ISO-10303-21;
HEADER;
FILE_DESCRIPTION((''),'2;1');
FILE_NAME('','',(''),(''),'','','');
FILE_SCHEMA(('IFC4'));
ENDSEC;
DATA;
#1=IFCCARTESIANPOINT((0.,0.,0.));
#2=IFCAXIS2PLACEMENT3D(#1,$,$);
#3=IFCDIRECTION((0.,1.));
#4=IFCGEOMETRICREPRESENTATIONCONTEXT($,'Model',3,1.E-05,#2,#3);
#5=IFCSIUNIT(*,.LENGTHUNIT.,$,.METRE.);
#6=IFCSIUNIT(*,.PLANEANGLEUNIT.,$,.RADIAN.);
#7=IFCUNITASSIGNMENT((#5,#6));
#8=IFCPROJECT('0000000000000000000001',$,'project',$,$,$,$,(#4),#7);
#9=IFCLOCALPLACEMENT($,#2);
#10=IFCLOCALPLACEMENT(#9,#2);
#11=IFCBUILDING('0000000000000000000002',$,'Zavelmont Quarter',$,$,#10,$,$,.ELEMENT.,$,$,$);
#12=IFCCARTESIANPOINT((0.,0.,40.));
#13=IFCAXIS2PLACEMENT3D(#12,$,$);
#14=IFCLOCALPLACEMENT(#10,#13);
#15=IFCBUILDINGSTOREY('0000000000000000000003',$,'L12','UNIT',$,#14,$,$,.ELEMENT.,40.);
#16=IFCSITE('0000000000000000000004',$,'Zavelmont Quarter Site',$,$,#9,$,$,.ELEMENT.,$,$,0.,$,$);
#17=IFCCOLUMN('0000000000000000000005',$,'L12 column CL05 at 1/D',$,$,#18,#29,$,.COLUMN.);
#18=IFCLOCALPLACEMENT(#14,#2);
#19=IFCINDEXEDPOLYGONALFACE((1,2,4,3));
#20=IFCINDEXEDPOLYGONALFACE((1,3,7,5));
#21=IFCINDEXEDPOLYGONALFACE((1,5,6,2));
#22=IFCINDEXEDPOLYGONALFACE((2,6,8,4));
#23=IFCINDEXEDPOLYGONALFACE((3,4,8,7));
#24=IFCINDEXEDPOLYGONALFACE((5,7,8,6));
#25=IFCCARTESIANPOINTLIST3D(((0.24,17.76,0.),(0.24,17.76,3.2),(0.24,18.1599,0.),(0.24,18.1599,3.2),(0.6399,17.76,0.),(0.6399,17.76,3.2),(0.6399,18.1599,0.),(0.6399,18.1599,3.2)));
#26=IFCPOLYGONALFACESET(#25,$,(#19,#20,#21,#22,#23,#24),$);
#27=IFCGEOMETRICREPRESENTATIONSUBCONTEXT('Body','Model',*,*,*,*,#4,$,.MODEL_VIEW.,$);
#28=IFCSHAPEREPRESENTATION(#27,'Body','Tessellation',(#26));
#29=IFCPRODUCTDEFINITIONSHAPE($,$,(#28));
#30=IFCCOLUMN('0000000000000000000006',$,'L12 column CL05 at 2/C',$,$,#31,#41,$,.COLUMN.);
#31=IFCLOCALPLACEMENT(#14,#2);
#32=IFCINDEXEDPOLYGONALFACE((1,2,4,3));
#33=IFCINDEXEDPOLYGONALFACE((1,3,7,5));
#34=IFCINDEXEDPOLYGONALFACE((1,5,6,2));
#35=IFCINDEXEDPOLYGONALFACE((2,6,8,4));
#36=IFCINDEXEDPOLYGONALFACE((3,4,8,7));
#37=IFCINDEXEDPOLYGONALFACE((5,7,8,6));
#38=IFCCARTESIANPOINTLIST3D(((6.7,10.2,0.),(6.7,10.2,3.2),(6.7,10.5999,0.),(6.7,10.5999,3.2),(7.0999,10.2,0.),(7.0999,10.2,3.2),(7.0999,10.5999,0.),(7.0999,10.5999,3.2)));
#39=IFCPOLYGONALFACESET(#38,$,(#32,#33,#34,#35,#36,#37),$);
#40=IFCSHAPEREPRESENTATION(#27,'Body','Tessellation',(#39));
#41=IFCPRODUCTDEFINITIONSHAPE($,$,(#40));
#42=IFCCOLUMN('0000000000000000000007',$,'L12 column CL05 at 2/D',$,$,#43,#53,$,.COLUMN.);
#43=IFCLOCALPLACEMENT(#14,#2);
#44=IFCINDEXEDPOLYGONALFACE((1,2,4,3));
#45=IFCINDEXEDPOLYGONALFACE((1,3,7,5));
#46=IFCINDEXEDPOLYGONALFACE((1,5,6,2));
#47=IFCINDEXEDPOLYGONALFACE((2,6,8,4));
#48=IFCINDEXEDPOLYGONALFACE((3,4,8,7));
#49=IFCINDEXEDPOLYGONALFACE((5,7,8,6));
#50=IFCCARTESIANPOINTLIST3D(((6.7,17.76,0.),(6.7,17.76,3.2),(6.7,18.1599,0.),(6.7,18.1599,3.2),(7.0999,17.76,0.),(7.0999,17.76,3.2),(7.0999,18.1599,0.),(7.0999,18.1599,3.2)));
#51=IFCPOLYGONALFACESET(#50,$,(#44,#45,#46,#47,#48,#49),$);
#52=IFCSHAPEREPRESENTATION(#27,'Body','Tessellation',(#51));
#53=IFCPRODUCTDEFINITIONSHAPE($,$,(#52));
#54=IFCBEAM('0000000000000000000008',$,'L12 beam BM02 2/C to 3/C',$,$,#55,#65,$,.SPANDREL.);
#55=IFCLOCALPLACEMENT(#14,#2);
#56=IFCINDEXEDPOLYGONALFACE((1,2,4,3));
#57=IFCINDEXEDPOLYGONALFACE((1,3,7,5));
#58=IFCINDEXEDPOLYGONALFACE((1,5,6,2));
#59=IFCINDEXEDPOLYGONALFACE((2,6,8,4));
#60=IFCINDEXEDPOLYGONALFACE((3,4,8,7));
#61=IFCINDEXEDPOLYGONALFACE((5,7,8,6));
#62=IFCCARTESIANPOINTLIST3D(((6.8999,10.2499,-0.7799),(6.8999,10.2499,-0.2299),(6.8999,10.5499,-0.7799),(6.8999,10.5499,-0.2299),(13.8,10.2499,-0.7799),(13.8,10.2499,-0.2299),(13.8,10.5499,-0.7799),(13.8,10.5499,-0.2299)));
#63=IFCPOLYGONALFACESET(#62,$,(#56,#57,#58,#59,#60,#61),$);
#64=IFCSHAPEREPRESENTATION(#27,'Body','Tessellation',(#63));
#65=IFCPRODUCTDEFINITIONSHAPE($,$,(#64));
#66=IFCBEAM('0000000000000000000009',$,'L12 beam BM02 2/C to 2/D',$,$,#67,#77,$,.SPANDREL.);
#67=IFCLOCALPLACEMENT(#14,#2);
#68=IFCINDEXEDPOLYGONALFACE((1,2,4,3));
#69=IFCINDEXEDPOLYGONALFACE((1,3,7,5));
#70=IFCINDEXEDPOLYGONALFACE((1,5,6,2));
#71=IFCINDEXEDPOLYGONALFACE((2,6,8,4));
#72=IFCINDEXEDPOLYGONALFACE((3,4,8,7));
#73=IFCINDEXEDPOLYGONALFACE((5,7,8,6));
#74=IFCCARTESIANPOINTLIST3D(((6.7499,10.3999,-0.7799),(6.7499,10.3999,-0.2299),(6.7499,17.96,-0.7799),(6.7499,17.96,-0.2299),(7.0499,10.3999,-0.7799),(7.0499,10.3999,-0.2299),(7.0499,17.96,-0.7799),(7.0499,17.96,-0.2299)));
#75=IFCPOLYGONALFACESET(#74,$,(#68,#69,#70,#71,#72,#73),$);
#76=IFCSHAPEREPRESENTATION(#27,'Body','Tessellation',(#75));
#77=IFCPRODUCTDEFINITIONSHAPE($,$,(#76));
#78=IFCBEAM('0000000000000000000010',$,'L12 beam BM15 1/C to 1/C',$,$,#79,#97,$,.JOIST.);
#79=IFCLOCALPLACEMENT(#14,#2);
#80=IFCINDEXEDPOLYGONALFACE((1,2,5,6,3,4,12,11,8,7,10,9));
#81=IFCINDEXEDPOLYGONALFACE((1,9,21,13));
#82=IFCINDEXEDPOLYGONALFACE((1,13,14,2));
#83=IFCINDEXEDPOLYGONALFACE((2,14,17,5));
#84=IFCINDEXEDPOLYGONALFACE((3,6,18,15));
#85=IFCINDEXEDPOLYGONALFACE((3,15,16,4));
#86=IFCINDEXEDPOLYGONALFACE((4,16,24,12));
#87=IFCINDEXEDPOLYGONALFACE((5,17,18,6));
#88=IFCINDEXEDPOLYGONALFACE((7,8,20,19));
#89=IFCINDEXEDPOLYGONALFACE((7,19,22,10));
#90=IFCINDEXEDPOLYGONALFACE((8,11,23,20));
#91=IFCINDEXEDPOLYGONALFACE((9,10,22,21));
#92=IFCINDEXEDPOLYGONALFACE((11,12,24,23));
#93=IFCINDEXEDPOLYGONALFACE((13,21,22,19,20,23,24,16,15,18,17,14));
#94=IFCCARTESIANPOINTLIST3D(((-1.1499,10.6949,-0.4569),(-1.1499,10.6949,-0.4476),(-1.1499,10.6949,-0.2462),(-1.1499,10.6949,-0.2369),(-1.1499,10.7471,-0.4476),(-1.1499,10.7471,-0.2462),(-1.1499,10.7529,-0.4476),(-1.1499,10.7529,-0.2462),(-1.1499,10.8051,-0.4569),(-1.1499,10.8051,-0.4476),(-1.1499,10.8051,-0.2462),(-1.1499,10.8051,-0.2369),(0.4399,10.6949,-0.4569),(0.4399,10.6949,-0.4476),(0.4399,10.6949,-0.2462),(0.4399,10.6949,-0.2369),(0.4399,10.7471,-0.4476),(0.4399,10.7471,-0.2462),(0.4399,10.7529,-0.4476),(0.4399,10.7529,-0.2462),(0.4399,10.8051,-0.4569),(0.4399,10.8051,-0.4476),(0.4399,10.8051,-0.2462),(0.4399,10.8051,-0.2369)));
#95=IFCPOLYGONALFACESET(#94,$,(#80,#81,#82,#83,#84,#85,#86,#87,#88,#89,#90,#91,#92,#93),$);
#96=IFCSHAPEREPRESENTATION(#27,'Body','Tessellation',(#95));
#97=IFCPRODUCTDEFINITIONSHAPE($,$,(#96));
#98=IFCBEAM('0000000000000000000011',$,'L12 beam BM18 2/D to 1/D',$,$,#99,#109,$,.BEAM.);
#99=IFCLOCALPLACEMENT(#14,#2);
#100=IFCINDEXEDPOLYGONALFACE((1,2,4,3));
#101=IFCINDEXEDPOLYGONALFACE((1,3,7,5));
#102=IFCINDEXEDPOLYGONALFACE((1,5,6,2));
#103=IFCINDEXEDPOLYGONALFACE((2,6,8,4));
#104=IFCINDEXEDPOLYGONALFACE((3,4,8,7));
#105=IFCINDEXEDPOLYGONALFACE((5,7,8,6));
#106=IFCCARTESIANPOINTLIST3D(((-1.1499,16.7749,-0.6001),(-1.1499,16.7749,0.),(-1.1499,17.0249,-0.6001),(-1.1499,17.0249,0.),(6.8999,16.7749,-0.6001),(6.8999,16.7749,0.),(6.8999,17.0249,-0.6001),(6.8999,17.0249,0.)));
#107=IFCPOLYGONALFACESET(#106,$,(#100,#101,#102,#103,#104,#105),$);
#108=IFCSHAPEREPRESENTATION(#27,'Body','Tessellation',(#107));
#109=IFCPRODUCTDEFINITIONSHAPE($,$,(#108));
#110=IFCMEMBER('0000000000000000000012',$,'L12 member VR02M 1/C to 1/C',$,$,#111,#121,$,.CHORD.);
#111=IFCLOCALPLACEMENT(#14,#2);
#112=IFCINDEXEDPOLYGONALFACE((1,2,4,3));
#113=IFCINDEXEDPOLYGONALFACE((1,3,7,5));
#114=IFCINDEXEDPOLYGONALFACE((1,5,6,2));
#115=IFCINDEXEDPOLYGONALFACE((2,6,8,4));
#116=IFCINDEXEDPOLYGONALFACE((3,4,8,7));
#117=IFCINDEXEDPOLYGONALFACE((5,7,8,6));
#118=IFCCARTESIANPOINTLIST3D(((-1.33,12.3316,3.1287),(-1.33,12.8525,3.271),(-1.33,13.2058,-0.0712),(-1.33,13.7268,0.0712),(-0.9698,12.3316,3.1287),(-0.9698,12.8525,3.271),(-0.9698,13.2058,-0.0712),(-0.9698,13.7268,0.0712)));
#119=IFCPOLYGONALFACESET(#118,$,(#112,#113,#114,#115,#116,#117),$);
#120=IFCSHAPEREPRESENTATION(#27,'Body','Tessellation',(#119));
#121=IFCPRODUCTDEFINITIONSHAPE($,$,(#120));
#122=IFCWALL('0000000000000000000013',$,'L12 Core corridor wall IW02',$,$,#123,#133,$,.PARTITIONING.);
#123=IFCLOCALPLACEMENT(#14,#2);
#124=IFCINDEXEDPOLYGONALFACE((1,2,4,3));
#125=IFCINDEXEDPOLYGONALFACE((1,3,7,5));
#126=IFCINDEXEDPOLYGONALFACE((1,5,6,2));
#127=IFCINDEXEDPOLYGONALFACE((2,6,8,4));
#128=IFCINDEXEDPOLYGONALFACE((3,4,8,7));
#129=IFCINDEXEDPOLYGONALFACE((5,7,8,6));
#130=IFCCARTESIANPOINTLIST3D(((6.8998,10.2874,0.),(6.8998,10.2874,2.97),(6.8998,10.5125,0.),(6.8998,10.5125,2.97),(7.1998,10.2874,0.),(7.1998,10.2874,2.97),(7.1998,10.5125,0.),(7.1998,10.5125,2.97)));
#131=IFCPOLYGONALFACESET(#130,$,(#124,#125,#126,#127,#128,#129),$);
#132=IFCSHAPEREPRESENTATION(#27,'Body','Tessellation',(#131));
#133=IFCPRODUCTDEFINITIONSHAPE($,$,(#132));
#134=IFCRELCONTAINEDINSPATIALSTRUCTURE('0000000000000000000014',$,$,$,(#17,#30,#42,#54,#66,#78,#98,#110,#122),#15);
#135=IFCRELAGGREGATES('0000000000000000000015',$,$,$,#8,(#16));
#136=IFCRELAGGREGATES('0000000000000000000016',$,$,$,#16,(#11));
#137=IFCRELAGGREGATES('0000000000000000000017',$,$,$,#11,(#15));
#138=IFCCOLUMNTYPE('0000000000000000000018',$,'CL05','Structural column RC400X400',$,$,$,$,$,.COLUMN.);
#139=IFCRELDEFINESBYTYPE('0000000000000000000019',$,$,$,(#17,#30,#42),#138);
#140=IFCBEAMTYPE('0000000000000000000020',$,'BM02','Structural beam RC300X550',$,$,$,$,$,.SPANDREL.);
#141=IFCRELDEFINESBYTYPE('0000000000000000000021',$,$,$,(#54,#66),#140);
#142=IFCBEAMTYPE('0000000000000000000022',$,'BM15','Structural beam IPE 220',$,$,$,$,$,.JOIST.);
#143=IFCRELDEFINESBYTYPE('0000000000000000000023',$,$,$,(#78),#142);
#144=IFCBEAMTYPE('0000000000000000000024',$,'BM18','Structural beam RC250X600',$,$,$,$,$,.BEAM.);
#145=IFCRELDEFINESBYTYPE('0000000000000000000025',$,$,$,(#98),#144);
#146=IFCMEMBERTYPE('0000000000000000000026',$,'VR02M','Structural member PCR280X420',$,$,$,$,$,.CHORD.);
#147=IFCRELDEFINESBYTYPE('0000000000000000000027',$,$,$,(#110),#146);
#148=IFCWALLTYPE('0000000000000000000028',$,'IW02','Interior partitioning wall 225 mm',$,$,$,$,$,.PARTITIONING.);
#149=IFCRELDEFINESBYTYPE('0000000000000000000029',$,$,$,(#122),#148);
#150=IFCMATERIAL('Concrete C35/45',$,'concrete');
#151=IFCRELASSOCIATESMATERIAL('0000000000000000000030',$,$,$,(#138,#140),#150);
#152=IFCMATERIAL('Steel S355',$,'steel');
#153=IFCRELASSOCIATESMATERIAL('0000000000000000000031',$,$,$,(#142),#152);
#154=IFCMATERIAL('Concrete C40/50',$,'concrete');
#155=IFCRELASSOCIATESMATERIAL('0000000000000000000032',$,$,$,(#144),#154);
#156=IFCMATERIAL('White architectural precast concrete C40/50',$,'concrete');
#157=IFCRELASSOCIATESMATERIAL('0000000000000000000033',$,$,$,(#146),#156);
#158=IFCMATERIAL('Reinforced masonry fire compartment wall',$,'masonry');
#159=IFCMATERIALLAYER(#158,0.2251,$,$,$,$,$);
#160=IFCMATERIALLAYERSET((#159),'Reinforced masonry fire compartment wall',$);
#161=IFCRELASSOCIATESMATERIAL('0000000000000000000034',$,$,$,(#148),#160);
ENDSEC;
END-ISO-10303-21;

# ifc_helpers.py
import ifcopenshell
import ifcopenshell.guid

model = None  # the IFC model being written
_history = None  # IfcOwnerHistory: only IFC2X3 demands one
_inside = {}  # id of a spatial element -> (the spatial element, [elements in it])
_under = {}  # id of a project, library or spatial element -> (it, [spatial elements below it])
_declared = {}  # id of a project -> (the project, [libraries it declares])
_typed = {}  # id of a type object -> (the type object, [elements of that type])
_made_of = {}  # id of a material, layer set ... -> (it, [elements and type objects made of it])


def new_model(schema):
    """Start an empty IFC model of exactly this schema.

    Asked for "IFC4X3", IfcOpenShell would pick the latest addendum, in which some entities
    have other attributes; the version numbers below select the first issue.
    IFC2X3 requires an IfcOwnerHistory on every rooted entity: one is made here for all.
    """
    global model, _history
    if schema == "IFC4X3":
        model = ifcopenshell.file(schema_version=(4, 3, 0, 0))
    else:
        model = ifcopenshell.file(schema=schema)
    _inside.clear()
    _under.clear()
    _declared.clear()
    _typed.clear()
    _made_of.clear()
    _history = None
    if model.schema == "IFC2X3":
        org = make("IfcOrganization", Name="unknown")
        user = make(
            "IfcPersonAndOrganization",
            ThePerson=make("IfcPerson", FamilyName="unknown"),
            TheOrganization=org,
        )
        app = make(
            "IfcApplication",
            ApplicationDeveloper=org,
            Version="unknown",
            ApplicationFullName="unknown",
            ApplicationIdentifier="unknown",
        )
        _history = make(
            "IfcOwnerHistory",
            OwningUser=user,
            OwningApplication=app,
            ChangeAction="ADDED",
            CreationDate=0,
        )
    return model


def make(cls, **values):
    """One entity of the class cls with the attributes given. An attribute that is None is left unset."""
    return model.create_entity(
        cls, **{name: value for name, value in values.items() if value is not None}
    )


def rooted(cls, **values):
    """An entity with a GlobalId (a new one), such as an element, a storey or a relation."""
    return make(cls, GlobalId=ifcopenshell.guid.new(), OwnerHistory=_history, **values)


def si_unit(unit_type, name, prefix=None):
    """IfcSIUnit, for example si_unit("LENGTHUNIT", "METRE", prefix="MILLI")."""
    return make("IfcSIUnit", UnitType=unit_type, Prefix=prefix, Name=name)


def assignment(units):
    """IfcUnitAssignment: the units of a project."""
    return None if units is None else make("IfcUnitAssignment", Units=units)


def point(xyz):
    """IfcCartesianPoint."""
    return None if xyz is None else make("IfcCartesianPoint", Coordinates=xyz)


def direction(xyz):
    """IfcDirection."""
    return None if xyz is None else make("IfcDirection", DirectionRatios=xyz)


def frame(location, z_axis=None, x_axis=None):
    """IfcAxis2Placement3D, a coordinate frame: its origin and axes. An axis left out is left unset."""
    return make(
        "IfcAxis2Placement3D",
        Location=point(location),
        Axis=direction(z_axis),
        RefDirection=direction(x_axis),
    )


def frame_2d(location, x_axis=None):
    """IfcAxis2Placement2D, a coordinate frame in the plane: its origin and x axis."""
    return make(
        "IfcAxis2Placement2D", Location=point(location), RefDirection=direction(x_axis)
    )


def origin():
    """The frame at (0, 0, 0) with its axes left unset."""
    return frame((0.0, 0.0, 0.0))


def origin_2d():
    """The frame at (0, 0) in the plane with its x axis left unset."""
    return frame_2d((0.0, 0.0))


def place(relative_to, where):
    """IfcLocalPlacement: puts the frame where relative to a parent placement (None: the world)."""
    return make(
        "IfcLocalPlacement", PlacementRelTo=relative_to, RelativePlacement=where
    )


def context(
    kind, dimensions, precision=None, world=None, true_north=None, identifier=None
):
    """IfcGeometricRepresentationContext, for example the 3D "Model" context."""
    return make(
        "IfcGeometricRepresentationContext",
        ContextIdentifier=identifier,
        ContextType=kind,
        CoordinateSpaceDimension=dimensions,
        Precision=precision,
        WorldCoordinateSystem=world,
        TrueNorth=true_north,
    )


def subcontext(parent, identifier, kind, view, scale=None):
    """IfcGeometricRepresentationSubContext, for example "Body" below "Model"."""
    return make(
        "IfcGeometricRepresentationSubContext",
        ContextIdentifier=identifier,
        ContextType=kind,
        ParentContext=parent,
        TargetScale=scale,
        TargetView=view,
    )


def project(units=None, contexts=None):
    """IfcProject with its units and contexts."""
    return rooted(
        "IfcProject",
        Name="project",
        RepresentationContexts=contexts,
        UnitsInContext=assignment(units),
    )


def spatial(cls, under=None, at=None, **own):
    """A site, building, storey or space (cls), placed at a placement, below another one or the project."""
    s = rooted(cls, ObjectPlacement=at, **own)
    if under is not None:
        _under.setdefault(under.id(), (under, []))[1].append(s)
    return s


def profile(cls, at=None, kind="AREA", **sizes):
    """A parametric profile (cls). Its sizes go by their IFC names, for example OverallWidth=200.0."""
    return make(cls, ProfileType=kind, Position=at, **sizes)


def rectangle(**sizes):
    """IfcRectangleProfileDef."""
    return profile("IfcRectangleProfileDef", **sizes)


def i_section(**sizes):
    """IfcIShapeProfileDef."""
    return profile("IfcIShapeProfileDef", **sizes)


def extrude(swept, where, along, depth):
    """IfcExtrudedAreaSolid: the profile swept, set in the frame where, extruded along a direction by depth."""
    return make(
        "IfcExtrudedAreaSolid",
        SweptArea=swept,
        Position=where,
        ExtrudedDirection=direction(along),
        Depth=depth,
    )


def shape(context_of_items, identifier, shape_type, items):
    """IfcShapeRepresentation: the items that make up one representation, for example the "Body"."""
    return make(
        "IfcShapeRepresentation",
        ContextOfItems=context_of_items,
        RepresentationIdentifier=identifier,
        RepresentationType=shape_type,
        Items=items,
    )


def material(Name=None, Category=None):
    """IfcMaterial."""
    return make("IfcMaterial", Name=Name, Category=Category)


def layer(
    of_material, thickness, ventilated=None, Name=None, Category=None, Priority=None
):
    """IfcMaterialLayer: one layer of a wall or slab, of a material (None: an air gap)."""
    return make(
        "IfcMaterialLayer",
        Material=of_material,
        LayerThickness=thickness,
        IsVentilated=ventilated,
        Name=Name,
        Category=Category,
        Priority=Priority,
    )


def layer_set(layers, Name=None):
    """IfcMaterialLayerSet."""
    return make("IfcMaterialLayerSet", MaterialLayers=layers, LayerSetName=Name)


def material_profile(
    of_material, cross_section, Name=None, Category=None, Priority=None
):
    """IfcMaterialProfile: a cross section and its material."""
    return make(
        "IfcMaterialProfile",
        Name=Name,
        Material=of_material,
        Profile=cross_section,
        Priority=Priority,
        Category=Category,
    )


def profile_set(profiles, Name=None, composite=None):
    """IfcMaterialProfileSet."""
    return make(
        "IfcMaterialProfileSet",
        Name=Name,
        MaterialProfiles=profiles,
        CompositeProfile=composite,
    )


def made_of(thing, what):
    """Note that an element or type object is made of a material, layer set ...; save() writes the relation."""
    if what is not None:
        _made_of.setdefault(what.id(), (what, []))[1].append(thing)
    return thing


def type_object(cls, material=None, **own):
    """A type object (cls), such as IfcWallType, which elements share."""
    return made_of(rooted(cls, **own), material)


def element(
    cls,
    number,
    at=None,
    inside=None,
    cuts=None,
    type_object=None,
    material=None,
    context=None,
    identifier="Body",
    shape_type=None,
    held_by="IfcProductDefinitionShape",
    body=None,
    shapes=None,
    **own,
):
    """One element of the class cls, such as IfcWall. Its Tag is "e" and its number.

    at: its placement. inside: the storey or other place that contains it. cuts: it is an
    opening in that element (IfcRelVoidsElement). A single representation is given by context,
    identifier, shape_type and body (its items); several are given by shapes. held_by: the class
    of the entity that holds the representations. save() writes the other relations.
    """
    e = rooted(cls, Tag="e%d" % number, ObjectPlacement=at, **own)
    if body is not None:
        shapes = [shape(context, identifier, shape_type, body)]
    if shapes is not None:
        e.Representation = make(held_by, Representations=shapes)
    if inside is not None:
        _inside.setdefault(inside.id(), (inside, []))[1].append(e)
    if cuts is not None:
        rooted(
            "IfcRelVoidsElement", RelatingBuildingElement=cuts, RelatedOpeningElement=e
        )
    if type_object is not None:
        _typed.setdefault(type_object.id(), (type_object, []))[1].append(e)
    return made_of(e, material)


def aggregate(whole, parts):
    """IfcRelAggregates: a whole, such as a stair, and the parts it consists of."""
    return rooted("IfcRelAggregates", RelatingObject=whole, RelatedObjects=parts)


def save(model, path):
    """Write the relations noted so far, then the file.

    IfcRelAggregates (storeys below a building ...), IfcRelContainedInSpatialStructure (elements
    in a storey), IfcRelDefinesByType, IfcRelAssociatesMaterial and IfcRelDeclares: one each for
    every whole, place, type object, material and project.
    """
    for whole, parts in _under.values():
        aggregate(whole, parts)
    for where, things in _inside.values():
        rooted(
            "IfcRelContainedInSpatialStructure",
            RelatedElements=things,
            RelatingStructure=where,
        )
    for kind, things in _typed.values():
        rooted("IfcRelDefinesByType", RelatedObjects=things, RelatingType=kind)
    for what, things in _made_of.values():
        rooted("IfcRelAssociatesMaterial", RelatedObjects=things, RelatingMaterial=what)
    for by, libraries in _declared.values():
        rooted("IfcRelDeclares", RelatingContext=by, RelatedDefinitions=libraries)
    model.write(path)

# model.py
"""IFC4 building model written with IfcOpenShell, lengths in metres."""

from ifc_helpers import new_model, si_unit, direction, frame, frame_2d, origin, origin_2d, place, context, subcontext, project, spatial, rectangle, i_section, extrude, material, layer, layer_set, material_profile, profile_set, type_object, element, save


model = new_model("IFC4")

# Units and contexts
model_context = context("Model", 3, precision=1e-05, world=origin(), true_north=direction((0.0, 1.0)))
body_context = subcontext(model_context, "Body", "Model", "MODEL_VIEW")
ifc_project = project(units=[si_unit("LENGTHUNIT", "METRE"), si_unit("PLANEANGLEUNIT", "RADIAN")], contexts=[model_context])

# Site, building, storey
site_placement = place(None, origin())
site = spatial("IfcSite", under=ifc_project, at=site_placement, Name="Zavelmont Quarter Site", CompositionType="ELEMENT", RefElevation=0.0)
building_placement = place(site_placement, origin())
building = spatial("IfcBuilding", under=site, at=building_placement, Name="Zavelmont Quarter", CompositionType="ELEMENT")
storey_placement = place(building_placement, frame((0.0, 0.0, 40.0)))
storey = spatial("IfcBuildingStorey", under=building, at=storey_placement, Name="L12", Description="UNIT", CompositionType="ELEMENT", Elevation=40.0)

# Columns
ifc_material_1 = material(Name="Concrete C35/45", Category="concrete")
ifc_material_profile_1 = material_profile(ifc_material_1, rectangle(XDim=0.3999, YDim=0.3999, at=origin_2d()), Name="RC400X400")
ifc_profile_set_1 = profile_set([ifc_material_profile_1], Name="Concrete C35/45")
column_type = type_object("IfcColumnType", Name="CL05", Description="Structural column RC400X400", PredefinedType="COLUMN", material=ifc_profile_set_1)
for number, where, z_axis, x_axis, name in (
    (1, (0.4399, 17.96, 0.0), (0.0, 0.0, 1.0), (1.0, 0.0, 0.0), "L12 column CL05 at 1/D"),
    (2, (6.8999, 10.3999, 0.0), (0.0, 0.0, 1.0), (1.0, 0.0, 0.0), "L12 column CL05 at 2/C"),
    (3, (6.8999, 17.96, 0.0), (0.0, 0.0, 1.0), (1.0, 0.0, 0.0), "L12 column CL05 at 2/D"),
):
    element("IfcColumn", number, at=place(storey_placement, frame(where, z_axis=z_axis, x_axis=x_axis)), inside=storey, type_object=column_type, Name=name, PredefinedType="COLUMN", context=body_context, shape_type="SweptSolid", body=[
        extrude(rectangle(XDim=0.3999, YDim=0.3999, at=origin_2d()), origin(), (0.0, 0.0, 1.0), 3.2),
    ])

# Beams
ifc_material_profile_2 = material_profile(ifc_material_1, rectangle(XDim=0.3, YDim=0.55, at=origin_2d()), Name="RC300X550")
ifc_profile_set_2 = profile_set([ifc_material_profile_2], Name="Concrete C35/45")
beam_type_1 = type_object("IfcBeamType", Name="BM02", Description="Structural beam RC300X550", PredefinedType="SPANDREL", material=ifc_profile_set_2)
beam_1_placement = place(storey_placement, frame((6.8999, 10.3999, -0.5049), z_axis=(1.0, 0.0, 0.0), x_axis=(0.0, 1.0, 0.0)))
element("IfcBeam", 4, at=beam_1_placement, inside=storey, type_object=beam_type_1, Name="L12 beam BM02 2/C to 3/C", PredefinedType="SPANDREL", context=body_context, shape_type="SweptSolid", body=[
    extrude(rectangle(XDim=0.3, YDim=0.55, at=origin_2d()), origin(), (0.0, 0.0, 1.0), 6.9001),
])
beam_2_placement = place(storey_placement, frame((6.8999, 10.3999, -0.5049), z_axis=(0.0, 1.0, 0.0), x_axis=(-1.0, 0.0, 0.0)))
element("IfcBeam", 5, at=beam_2_placement, inside=storey, type_object=beam_type_1, Name="L12 beam BM02 2/C to 2/D", PredefinedType="SPANDREL", context=body_context, shape_type="SweptSolid", body=[
    extrude(rectangle(XDim=0.3, YDim=0.55, at=origin_2d()), origin(), (0.0, 0.0, 1.0), 7.5601),
])
ifc_material_2 = material(Name="Steel S355", Category="steel")
ifc_material_profile_3 = material_profile(ifc_material_2, i_section(OverallWidth=0.1101, OverallDepth=0.22, WebThickness=0.0059, FlangeThickness=0.0093, at=origin_2d()), Name="IPE 220")
ifc_profile_set_3 = profile_set([ifc_material_profile_3], Name="Steel S355")
beam_type_2 = type_object("IfcBeamType", Name="BM15", Description="Structural beam IPE 220", PredefinedType="JOIST", material=ifc_profile_set_3)
beam_3_placement = place(storey_placement, frame((0.4399, 10.75, -0.3469), z_axis=(-1.0, 0.0, 0.0), x_axis=(0.0, -1.0, 0.0)))
element("IfcBeam", 6, at=beam_3_placement, inside=storey, type_object=beam_type_2, Name="L12 beam BM15 1/C to 1/C", PredefinedType="JOIST", context=body_context, shape_type="SweptSolid", body=[
    extrude(i_section(OverallWidth=0.1101, OverallDepth=0.22, WebThickness=0.0059, FlangeThickness=0.0093, at=origin_2d()), origin(), (0.0, 0.0, 1.0), 1.5898),
])
ifc_material_3 = material(Name="Concrete C40/50", Category="concrete")
ifc_material_profile_4 = material_profile(ifc_material_3, rectangle(XDim=0.25, YDim=0.6001, at=origin_2d()), Name="RC250X600")
ifc_profile_set_4 = profile_set([ifc_material_profile_4], Name="Concrete C40/50")
beam_type_3 = type_object("IfcBeamType", Name="BM18", Description="Structural beam RC250X600", PredefinedType="BEAM", material=ifc_profile_set_4)
beam_4_placement = place(storey_placement, frame((6.8999, 16.8999, -0.3), z_axis=(-1.0, 0.0, 0.0), x_axis=(0.0, -1.0, 0.0)))
element("IfcBeam", 7, at=beam_4_placement, inside=storey, type_object=beam_type_3, Name="L12 beam BM18 2/D to 1/D", PredefinedType="BEAM", context=body_context, shape_type="SweptSolid", body=[
    extrude(rectangle(XDim=0.25, YDim=0.6001, at=origin_2d()), origin(), (0.0, 0.0, 1.0), 8.0498),
])

# Member
ifc_material_4 = material(Name="White architectural precast concrete C40/50", Category="concrete")
ifc_material_profile_5 = material_profile(ifc_material_4, rectangle(XDim=0.3601, YDim=0.54, at=origin_2d()), Name="PCR280X420")
ifc_profile_set_5 = profile_set([ifc_material_profile_5], Name="White architectural precast concrete C40/50")
member_type = type_object("IfcMemberType", Name="VR02M", Description="Structural member PCR280X420", PredefinedType="CHORD", material=ifc_profile_set_5)
member_placement = place(storey_placement, frame((-1.1499, 13.4663, 0.0), z_axis=(0.0, -0.263553, 0.964645), x_axis=(1.0, 0.0, 0.0)))
element("IfcMember", 8, at=member_placement, inside=storey, type_object=member_type, Name="L12 member VR02M 1/C to 1/C", PredefinedType="CHORD", context=body_context, shape_type="SweptSolid", body=[
    extrude(rectangle(XDim=0.3601, YDim=0.54, at=origin_2d()), origin(), (0.0, 0.0, 1.0), 3.3171),
])

# Wall
ifc_material_5 = material(Name="Reinforced masonry fire compartment wall", Category="masonry")
ifc_layer_1 = layer(ifc_material_5, 0.2251)
ifc_layer_set_1 = layer_set([ifc_layer_1], Name="Reinforced masonry fire compartment wall")
wall_type_1 = type_object("IfcWallType", Name="IW02", Description="Interior partitioning wall 225 mm", PredefinedType="PARTITIONING", material=ifc_layer_set_1)
wall_1_placement = place(storey_placement, frame((6.8999, 10.3999, 0.0), z_axis=(0.0, 0.0, 1.0), x_axis=(1.0, 0.0, 0.0)))
element("IfcWall", 9, at=wall_1_placement, inside=storey, type_object=wall_type_1, Name="L12 Core corridor wall IW02", PredefinedType="PARTITIONING", context=body_context, shape_type="SweptSolid", body=[
    extrude(rectangle(XDim=0.3, YDim=0.2251, at=frame_2d((0.1499, 0.0))), origin(), (0.0, 0.0, 1.0), 2.97),
])

save(model, "model.ifc")
